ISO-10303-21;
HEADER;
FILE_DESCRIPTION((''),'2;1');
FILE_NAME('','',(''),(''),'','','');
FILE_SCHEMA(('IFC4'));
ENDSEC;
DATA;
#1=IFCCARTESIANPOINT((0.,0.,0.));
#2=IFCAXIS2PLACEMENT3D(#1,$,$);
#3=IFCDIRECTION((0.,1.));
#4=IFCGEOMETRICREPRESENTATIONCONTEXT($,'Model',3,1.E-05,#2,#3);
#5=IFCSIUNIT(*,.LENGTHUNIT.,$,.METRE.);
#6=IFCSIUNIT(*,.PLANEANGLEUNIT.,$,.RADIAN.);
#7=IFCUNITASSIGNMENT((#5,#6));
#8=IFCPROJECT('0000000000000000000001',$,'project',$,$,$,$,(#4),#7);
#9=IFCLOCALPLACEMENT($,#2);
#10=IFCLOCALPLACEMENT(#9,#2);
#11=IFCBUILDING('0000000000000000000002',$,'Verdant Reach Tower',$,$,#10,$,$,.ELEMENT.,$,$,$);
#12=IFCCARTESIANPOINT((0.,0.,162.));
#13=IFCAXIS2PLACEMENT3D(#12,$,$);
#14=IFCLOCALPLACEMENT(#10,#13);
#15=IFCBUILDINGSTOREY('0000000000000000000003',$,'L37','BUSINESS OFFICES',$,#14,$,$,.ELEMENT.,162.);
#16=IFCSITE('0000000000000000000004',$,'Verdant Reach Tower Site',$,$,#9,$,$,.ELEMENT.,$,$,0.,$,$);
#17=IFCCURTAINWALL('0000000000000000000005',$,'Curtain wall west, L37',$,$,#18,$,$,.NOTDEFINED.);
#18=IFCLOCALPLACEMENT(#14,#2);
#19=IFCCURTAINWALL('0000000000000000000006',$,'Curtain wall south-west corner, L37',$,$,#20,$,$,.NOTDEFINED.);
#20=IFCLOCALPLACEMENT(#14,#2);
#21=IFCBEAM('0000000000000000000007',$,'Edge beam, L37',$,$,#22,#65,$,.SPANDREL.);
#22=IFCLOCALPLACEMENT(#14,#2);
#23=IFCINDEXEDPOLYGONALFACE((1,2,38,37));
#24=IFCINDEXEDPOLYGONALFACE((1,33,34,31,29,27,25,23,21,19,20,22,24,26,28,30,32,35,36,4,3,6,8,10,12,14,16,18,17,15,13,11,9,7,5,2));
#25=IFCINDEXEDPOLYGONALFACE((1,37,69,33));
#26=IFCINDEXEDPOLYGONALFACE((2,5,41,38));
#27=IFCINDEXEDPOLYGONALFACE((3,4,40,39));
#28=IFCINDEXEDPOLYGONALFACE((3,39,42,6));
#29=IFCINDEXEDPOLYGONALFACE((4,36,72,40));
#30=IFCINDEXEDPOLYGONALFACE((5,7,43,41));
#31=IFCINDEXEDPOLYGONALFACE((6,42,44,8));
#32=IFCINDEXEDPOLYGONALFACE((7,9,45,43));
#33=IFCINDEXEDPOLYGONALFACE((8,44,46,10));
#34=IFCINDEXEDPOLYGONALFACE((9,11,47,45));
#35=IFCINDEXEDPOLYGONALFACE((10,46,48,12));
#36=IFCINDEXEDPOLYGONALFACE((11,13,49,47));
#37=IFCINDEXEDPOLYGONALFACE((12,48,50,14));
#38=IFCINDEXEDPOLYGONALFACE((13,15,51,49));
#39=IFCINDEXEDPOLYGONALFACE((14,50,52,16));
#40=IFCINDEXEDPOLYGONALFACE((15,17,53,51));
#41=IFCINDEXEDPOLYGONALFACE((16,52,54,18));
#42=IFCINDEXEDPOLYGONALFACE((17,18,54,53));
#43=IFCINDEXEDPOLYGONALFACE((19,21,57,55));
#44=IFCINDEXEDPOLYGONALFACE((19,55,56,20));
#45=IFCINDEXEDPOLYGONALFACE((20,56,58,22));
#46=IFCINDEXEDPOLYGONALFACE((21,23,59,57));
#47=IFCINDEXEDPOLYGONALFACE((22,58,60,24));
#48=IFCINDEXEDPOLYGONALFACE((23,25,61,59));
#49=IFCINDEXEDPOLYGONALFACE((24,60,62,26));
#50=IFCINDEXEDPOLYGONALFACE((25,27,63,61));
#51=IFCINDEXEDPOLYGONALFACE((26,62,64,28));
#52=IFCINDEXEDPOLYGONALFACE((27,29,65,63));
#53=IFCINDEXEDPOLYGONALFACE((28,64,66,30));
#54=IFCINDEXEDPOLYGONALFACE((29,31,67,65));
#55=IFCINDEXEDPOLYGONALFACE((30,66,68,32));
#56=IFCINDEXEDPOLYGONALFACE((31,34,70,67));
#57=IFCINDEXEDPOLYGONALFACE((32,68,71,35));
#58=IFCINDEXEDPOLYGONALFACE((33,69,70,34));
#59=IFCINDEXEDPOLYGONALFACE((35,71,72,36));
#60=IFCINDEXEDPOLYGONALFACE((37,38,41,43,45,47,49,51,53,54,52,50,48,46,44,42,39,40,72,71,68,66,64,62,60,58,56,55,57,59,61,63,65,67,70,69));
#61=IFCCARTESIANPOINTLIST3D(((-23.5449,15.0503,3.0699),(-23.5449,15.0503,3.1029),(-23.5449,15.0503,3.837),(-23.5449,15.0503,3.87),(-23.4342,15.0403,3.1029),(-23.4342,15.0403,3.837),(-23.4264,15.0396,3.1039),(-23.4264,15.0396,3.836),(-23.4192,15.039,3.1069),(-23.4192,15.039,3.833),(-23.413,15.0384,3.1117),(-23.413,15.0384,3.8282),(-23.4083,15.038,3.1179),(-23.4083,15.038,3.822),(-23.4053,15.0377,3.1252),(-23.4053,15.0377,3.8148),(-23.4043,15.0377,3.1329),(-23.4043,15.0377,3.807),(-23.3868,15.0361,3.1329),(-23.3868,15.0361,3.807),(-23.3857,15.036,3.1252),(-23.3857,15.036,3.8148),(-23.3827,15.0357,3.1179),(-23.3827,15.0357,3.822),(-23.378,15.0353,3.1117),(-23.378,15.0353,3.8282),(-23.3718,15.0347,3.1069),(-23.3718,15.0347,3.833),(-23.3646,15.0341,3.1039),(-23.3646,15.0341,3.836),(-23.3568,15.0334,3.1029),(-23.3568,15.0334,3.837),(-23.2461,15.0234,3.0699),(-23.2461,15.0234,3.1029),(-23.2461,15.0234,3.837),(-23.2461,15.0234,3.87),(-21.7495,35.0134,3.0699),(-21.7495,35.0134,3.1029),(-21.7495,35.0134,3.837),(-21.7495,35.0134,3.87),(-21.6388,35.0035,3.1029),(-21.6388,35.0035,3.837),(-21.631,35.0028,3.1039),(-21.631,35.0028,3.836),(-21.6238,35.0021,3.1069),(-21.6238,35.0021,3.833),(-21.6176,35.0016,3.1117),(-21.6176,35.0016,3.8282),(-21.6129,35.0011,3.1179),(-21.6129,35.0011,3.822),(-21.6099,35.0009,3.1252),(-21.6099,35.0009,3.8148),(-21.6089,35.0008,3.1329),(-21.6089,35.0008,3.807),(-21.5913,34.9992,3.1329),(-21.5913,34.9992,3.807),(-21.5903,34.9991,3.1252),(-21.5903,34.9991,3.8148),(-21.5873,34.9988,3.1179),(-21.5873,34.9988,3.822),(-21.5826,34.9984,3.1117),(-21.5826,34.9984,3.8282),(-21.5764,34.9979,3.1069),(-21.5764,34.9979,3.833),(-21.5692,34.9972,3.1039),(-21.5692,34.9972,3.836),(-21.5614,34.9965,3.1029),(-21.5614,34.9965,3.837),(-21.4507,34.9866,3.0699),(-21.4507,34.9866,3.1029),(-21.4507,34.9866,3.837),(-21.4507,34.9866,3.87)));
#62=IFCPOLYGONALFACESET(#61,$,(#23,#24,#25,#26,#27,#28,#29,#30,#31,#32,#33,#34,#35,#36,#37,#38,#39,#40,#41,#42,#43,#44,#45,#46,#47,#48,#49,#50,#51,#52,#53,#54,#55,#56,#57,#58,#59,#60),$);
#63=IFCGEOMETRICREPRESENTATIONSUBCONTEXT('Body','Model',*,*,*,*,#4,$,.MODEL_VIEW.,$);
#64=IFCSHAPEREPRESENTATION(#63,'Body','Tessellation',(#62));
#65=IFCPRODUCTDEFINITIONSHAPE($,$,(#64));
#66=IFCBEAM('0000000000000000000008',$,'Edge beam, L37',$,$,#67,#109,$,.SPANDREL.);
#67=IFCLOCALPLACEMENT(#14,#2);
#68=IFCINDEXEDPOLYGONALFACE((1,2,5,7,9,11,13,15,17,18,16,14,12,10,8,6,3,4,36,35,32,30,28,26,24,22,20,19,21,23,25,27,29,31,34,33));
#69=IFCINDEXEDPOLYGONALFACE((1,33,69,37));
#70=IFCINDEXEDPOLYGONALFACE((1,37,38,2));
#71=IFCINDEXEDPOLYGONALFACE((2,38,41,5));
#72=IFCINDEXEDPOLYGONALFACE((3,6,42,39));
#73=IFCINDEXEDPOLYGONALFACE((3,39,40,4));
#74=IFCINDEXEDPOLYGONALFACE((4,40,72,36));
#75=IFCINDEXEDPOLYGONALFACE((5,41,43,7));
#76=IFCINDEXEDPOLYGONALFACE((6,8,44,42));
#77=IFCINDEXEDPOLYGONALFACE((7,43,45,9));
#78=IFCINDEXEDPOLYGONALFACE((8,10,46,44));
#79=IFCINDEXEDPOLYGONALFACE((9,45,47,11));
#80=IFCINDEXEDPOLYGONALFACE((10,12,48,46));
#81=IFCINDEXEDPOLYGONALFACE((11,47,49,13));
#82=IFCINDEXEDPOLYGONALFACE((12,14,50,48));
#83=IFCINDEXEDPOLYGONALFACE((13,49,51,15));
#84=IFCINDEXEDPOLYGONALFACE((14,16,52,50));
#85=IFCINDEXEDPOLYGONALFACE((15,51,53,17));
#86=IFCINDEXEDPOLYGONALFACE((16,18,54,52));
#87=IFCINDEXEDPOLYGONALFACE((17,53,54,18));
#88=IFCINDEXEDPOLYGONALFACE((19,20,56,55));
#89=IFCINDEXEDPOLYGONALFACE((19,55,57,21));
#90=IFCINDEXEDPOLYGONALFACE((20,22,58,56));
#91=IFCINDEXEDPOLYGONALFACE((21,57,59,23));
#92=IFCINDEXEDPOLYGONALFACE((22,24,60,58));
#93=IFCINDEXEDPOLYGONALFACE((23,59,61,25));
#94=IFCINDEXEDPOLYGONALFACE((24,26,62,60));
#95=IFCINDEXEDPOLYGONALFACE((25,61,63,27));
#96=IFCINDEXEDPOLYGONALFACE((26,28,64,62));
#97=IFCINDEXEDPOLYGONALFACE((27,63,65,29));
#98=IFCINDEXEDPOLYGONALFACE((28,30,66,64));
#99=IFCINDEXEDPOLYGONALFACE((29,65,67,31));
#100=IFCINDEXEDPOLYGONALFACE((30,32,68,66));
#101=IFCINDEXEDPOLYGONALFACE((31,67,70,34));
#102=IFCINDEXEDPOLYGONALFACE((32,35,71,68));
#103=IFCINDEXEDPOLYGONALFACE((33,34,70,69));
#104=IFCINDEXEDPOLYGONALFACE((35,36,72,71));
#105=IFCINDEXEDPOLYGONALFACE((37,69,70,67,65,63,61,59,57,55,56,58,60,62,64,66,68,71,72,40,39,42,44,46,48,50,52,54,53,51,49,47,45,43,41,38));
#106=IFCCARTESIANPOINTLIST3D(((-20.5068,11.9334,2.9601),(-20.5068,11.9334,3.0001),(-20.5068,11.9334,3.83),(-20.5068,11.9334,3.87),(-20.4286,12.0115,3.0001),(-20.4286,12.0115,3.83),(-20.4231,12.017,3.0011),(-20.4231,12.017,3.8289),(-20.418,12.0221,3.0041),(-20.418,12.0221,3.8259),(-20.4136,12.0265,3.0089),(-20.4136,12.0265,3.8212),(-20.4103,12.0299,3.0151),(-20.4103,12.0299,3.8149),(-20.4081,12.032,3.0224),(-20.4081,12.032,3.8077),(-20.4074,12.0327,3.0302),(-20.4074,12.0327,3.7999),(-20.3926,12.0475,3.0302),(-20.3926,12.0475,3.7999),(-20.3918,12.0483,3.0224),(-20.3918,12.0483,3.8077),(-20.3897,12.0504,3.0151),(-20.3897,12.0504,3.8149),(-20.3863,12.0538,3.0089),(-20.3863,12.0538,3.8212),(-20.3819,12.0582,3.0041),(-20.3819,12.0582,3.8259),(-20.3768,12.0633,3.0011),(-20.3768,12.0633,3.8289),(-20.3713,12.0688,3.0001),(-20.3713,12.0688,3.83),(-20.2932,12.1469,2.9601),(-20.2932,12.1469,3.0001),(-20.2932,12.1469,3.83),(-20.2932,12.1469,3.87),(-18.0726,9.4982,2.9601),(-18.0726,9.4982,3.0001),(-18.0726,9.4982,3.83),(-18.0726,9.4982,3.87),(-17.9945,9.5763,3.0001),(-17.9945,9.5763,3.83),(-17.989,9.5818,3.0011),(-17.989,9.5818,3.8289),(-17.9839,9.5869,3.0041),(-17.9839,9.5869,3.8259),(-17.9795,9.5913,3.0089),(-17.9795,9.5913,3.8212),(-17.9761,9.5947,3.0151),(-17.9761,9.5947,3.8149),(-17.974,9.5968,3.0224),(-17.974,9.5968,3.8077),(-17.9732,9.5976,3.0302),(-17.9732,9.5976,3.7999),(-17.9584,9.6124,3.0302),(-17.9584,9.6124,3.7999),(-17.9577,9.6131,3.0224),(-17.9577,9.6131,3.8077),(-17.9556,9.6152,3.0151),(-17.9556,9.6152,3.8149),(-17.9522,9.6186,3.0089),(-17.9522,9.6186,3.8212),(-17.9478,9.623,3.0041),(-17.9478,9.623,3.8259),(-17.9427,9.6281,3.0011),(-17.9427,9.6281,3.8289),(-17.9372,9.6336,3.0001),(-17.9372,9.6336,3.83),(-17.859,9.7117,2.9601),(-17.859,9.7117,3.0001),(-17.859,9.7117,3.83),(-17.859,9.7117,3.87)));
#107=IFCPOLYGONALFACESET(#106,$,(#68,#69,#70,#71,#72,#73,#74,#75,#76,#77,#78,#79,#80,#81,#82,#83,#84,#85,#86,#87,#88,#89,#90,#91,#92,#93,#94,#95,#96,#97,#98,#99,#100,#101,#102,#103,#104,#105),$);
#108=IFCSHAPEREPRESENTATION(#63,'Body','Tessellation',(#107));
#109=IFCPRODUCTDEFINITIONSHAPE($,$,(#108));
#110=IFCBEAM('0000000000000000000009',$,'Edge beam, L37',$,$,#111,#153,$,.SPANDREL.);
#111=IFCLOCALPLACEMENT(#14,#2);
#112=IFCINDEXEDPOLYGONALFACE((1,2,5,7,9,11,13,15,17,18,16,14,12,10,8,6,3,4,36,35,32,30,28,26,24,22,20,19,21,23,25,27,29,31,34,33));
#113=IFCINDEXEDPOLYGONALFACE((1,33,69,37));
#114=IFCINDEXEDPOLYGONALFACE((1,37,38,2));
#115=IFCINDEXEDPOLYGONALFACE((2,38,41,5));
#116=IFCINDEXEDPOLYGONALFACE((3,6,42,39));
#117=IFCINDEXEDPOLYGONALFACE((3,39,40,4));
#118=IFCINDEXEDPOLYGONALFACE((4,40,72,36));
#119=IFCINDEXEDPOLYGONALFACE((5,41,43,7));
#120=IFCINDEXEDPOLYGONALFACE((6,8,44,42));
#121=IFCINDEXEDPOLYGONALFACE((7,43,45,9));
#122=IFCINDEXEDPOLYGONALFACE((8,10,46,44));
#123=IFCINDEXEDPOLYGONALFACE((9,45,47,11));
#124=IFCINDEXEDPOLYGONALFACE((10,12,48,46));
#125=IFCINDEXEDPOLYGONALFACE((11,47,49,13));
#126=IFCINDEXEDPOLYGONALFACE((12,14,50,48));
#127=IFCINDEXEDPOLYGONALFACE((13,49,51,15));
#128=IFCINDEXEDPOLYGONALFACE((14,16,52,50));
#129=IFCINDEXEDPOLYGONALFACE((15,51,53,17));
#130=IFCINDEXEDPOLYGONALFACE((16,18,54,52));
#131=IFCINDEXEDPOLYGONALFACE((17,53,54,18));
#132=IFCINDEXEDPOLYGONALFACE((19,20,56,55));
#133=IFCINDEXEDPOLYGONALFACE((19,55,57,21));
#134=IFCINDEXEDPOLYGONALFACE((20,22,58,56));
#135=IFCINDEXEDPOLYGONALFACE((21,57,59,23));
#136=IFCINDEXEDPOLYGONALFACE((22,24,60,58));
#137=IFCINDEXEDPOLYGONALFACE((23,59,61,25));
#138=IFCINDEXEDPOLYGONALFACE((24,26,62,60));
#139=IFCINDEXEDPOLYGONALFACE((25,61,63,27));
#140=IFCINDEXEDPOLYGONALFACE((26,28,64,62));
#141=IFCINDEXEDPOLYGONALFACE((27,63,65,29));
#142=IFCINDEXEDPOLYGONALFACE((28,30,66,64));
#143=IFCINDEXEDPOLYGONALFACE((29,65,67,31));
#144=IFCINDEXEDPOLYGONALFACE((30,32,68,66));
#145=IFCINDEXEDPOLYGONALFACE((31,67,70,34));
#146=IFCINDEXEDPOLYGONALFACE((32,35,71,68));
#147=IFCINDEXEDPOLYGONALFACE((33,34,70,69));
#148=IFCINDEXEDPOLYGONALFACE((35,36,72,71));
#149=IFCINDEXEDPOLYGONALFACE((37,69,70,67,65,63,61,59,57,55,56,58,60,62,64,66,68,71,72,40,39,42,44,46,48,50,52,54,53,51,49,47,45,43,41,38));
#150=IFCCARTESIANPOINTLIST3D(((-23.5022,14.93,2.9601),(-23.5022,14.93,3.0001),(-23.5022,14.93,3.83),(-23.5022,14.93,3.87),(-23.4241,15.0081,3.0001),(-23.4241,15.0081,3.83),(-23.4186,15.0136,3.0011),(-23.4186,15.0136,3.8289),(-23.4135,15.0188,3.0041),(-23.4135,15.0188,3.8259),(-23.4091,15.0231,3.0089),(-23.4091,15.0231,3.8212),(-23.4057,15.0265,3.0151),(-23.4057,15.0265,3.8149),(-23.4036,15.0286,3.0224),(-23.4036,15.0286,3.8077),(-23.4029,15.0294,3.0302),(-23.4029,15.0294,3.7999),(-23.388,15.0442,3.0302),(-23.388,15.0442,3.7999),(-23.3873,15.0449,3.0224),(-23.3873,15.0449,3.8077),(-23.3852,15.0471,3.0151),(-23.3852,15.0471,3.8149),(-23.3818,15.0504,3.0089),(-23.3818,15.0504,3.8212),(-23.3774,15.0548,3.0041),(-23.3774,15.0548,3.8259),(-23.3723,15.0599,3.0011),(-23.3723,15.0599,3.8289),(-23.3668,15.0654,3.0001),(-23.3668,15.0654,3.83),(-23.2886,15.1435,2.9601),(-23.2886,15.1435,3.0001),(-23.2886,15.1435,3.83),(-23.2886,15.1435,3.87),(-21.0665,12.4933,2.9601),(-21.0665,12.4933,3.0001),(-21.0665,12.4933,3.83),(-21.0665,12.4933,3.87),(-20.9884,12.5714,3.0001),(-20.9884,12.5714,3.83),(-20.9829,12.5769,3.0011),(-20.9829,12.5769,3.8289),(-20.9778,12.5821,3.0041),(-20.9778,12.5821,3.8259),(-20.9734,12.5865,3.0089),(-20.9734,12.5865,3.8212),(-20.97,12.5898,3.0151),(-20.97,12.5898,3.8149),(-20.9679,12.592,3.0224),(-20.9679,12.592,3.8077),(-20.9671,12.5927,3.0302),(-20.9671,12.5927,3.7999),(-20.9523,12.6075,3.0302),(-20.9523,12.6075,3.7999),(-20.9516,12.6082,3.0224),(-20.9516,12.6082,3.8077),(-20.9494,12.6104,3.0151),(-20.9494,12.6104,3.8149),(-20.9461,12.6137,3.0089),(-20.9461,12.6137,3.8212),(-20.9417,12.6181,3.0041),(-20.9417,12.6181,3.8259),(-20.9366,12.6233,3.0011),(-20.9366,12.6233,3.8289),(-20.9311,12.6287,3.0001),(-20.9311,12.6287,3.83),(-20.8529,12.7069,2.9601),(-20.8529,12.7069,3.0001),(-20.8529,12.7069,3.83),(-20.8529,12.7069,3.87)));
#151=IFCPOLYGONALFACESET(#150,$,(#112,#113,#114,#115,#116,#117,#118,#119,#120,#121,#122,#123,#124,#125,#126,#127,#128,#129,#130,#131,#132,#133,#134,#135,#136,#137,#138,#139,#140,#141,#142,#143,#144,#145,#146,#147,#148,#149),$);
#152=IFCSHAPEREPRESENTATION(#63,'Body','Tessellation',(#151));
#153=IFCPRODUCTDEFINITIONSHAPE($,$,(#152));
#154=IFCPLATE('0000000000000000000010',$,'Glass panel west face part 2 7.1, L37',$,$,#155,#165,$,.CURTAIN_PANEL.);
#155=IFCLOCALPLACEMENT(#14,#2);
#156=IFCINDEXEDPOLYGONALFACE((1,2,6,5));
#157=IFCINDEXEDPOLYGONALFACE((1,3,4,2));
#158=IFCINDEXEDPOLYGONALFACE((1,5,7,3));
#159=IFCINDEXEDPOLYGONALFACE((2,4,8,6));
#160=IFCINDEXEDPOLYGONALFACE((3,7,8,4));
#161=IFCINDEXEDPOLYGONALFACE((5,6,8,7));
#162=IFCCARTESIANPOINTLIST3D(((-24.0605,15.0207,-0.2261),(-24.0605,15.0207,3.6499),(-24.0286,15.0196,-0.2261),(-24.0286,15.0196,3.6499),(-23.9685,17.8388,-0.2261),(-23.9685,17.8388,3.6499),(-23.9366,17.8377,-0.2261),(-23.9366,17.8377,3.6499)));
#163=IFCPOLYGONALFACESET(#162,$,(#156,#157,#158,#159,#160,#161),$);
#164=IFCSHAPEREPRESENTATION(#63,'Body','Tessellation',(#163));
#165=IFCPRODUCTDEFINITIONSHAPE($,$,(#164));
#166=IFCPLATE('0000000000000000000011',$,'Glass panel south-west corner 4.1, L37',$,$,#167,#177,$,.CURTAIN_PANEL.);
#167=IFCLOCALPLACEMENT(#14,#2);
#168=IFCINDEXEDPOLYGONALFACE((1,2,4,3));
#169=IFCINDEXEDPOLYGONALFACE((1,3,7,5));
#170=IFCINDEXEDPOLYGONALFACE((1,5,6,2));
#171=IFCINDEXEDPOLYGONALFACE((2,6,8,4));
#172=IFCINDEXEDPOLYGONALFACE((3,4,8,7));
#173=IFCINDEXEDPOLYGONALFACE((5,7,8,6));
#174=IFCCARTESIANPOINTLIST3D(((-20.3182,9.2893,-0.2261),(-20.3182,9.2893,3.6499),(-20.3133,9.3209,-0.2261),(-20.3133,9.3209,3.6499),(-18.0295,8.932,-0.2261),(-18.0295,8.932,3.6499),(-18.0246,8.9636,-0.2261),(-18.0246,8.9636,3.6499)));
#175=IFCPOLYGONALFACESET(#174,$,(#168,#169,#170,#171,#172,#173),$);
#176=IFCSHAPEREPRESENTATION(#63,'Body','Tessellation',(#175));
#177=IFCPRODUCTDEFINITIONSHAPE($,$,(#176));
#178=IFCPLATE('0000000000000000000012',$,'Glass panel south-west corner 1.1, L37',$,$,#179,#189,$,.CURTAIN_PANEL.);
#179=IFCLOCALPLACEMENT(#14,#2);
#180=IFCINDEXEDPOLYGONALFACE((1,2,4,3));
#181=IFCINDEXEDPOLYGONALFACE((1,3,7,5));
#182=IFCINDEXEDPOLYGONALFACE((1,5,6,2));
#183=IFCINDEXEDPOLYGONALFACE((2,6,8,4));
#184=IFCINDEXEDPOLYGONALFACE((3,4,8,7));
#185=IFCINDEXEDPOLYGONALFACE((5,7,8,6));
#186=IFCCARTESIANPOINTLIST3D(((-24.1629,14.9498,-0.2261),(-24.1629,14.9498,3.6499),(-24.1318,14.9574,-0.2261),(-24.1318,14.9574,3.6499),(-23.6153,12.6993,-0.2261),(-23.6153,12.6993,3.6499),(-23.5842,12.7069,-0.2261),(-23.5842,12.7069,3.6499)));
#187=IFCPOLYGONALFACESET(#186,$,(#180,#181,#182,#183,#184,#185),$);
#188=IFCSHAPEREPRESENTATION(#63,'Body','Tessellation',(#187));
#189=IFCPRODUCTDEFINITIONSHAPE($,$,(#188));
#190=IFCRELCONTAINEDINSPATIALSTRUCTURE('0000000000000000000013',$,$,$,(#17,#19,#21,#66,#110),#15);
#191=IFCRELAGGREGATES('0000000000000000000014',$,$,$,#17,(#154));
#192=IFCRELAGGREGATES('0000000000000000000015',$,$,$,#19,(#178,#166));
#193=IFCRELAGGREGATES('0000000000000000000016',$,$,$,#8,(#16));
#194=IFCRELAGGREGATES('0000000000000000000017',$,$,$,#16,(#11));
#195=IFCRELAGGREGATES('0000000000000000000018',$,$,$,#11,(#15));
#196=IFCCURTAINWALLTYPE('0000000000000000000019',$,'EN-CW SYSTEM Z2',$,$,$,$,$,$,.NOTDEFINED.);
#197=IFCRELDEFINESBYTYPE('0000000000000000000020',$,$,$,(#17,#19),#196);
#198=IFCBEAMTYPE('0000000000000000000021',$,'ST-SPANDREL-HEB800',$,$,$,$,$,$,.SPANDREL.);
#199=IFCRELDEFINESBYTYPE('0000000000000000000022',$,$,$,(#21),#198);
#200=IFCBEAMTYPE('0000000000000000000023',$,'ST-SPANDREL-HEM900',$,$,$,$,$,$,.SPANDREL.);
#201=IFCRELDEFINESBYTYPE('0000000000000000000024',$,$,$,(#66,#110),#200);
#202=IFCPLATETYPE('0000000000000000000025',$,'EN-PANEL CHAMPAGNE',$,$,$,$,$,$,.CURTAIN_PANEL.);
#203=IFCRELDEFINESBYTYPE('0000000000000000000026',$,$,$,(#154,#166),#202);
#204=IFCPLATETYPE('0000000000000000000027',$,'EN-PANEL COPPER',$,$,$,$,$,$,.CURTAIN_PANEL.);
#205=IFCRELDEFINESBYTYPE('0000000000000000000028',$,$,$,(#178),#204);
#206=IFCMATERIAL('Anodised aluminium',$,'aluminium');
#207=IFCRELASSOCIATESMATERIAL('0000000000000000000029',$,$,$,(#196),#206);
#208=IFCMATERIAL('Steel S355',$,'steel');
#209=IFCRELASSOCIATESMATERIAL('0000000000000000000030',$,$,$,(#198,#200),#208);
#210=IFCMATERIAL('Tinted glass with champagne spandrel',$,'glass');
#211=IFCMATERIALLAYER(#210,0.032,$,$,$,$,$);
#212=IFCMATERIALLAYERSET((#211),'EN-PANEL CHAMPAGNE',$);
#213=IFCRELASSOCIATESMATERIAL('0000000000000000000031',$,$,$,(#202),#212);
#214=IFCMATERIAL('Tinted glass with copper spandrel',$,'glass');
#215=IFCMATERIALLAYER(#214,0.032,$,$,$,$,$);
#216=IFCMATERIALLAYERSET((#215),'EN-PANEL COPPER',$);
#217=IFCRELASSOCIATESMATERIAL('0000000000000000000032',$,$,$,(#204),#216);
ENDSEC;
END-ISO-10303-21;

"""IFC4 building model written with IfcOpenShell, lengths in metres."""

from ifc_helpers import new_model, si_unit, direction, frame, origin, origin_2d, place, context, subcontext, project, spatial, rectangle, i_section, extrude, material, layer, layer_set, material_profile, profile_set, type_object, element, aggregate, save


model = new_model("IFC4")

# Units and contexts
model_context = context("Model", 3, precision=1e-05, world=origin(), true_north=direction((0.0, 1.0)))
body_context = subcontext(model_context, "Body", "Model", "MODEL_VIEW")
ifc_project = project(units=[si_unit("LENGTHUNIT", "METRE"), si_unit("PLANEANGLEUNIT", "RADIAN")], contexts=[model_context])

# Site, building, storey
site_placement = place(None, origin())
site = spatial("IfcSite", under=ifc_project, at=site_placement, Name="Verdant Reach Tower Site", CompositionType="ELEMENT", RefElevation=0.0)
building_placement = place(site_placement, origin())
building = spatial("IfcBuilding", under=site, at=building_placement, Name="Verdant Reach Tower", CompositionType="ELEMENT")
storey_placement = place(building_placement, frame((0.0, 0.0, 162.0)))
storey = spatial("IfcBuildingStorey", under=building, at=storey_placement, Name="L37", Description="BUSINESS OFFICES", CompositionType="ELEMENT", Elevation=162.0)

# Curtain wall
ifc_material_1 = material(Name="Anodised aluminium", Category="aluminium")
curtain_wall_type = type_object("IfcCurtainWallType", Name="EN-CW SYSTEM Z2", PredefinedType="NOTDEFINED", material=ifc_material_1)
curtain_wall_1_placement = place(storey_placement, origin())
curtain_wall_1 = element("IfcCurtainWall", 1, at=curtain_wall_1_placement, inside=storey, type_object=curtain_wall_type, Name="Curtain wall west, L37", PredefinedType="NOTDEFINED")

# Curtain wall
curtain_wall_2_placement = place(storey_placement, origin())
curtain_wall_2 = element("IfcCurtainWall", 2, at=curtain_wall_2_placement, inside=storey, type_object=curtain_wall_type, Name="Curtain wall south-west corner, L37", PredefinedType="NOTDEFINED")

# Beams
ifc_material_2 = material(Name="Steel S355", Category="steel")
ifc_material_profile_1 = material_profile(ifc_material_2, i_section(OverallWidth=0.3, OverallDepth=0.8, WebThickness=0.0176, FlangeThickness=0.033, FilletRadius=0.03, at=origin_2d()), Name="HEB 800")
ifc_profile_set_1 = profile_set([ifc_material_profile_1], Name="Steel S355")
beam_type_1 = type_object("IfcBeamType", Name="ST-SPANDREL-HEB800", PredefinedType="SPANDREL", material=ifc_profile_set_1)
beam_1_placement = place(storey_placement, frame((-23.3955, 15.0369, 3.47), z_axis=(0.089575, 0.99598, 0.0), x_axis=(-0.99598, 0.089575, 0.0)))
element("IfcBeam", 3, at=beam_1_placement, inside=storey, type_object=beam_type_1, Name="Edge beam, L37", PredefinedType="SPANDREL", context=body_context, shape_type="SweptSolid", body=[
    extrude(i_section(OverallWidth=0.3, OverallDepth=0.8, WebThickness=0.0176, FlangeThickness=0.033, FilletRadius=0.03, at=origin_2d()), origin(), (0.0, 0.0, 1.0), 20.0437),
])
ifc_material_profile_2 = material_profile(ifc_material_2, i_section(OverallWidth=0.302, OverallDepth=0.9099, WebThickness=0.021, FlangeThickness=0.04, FilletRadius=0.03, at=origin_2d()), Name="HEM 900")
ifc_profile_set_2 = profile_set([ifc_material_profile_2], Name="Steel S355")
beam_type_2 = type_object("IfcBeamType", Name="ST-SPANDREL-HEM900", PredefinedType="SPANDREL", material=ifc_profile_set_2)
beam_2_placement = place(storey_placement, frame((-17.9658, 9.605, 3.415), z_axis=(-0.706965, 0.707249, 0.0), x_axis=(-0.707249, -0.706965, 0.0)))
element("IfcBeam", 4, at=beam_2_placement, inside=storey, type_object=beam_type_2, Name="Edge beam, L37", PredefinedType="SPANDREL", context=body_context, shape_type="SweptSolid", body=[
    extrude(i_section(OverallWidth=0.302, OverallDepth=0.9099, WebThickness=0.021, FlangeThickness=0.04, FilletRadius=0.03, at=origin_2d()), origin(), (0.0, 0.0, 1.0), 3.4431),
])
beam_3_placement = place(storey_placement, frame((-20.9597, 12.6001, 3.415), z_axis=(-0.706965, 0.707248, 0.0), x_axis=(-0.707248, -0.706965, 0.0)))
element("IfcBeam", 5, at=beam_3_placement, inside=storey, type_object=beam_type_2, Name="Edge beam, L37", PredefinedType="SPANDREL", context=body_context, shape_type="SweptSolid", body=[
    extrude(i_section(OverallWidth=0.302, OverallDepth=0.9099, WebThickness=0.021, FlangeThickness=0.04, FilletRadius=0.03, at=origin_2d()), origin(), (0.0, 0.0, 1.0), 3.4453),
])

# Plates
ifc_material_3 = material(Name="Tinted glass with champagne spandrel", Category="glass")
ifc_layer_1 = layer(ifc_material_3, 0.032)
ifc_layer_set_1 = layer_set([ifc_layer_1], Name="EN-PANEL CHAMPAGNE")
plate_type_1 = type_object("IfcPlateType", Name="EN-PANEL CHAMPAGNE", PredefinedType="CURTAIN_PANEL", material=ifc_layer_set_1)
plate_1_placement = place(storey_placement, frame((-23.9985, 16.4292, -0.2261), z_axis=(0.0, 0.0, 1.0), x_axis=(-0.032628, -0.999468, 0.0)))
plate_1 = element("IfcPlate", 6, at=plate_1_placement, type_object=plate_type_1, Name="Glass panel west face part 2 7.1, L37", PredefinedType="CURTAIN_PANEL", context=body_context, shape_type="SweptSolid", body=[
    extrude(rectangle(XDim=2.8196, YDim=0.032, at=origin_2d()), origin(), (0.0, 0.0, 1.0), 3.876),
])
aggregate(curtain_wall_1, [plate_1])
plate_2_placement = place(storey_placement, frame((-19.1714, 9.1265, -0.2261), z_axis=(0.0, 0.0, 1.0), x_axis=(0.988031, -0.154256, 0.0)))
plate_2 = element("IfcPlate", 7, at=plate_2_placement, type_object=plate_type_1, Name="Glass panel south-west corner 4.1, L37", PredefinedType="CURTAIN_PANEL", context=body_context, shape_type="SweptSolid", body=[
    extrude(rectangle(XDim=2.3164, YDim=0.032, at=origin_2d()), origin(), (0.0, 0.0, 1.0), 3.876),
])
ifc_material_4 = material(Name="Tinted glass with copper spandrel", Category="glass")
ifc_layer_2 = layer(ifc_material_4, 0.032)
ifc_layer_set_2 = layer_set([ifc_layer_2], Name="EN-PANEL COPPER")
plate_type_2 = type_object("IfcPlateType", Name="EN-PANEL COPPER", PredefinedType="CURTAIN_PANEL", material=ifc_layer_set_2)
plate_3_placement = place(storey_placement, frame((-23.8735, 13.8284, -0.2261), z_axis=(0.0, 0.0, 1.0), x_axis=(0.236416, -0.971652, 0.0)))
plate_3 = element("IfcPlate", 8, at=plate_3_placement, type_object=plate_type_2, Name="Glass panel south-west corner 1.1, L37", PredefinedType="CURTAIN_PANEL", context=body_context, shape_type="SweptSolid", body=[
    extrude(rectangle(XDim=2.3162, YDim=0.032, at=origin_2d()), origin(), (0.0, 0.0, 1.0), 3.876),
])
aggregate(curtain_wall_2, [plate_3, plate_2])

save(model, "model.ifc")
